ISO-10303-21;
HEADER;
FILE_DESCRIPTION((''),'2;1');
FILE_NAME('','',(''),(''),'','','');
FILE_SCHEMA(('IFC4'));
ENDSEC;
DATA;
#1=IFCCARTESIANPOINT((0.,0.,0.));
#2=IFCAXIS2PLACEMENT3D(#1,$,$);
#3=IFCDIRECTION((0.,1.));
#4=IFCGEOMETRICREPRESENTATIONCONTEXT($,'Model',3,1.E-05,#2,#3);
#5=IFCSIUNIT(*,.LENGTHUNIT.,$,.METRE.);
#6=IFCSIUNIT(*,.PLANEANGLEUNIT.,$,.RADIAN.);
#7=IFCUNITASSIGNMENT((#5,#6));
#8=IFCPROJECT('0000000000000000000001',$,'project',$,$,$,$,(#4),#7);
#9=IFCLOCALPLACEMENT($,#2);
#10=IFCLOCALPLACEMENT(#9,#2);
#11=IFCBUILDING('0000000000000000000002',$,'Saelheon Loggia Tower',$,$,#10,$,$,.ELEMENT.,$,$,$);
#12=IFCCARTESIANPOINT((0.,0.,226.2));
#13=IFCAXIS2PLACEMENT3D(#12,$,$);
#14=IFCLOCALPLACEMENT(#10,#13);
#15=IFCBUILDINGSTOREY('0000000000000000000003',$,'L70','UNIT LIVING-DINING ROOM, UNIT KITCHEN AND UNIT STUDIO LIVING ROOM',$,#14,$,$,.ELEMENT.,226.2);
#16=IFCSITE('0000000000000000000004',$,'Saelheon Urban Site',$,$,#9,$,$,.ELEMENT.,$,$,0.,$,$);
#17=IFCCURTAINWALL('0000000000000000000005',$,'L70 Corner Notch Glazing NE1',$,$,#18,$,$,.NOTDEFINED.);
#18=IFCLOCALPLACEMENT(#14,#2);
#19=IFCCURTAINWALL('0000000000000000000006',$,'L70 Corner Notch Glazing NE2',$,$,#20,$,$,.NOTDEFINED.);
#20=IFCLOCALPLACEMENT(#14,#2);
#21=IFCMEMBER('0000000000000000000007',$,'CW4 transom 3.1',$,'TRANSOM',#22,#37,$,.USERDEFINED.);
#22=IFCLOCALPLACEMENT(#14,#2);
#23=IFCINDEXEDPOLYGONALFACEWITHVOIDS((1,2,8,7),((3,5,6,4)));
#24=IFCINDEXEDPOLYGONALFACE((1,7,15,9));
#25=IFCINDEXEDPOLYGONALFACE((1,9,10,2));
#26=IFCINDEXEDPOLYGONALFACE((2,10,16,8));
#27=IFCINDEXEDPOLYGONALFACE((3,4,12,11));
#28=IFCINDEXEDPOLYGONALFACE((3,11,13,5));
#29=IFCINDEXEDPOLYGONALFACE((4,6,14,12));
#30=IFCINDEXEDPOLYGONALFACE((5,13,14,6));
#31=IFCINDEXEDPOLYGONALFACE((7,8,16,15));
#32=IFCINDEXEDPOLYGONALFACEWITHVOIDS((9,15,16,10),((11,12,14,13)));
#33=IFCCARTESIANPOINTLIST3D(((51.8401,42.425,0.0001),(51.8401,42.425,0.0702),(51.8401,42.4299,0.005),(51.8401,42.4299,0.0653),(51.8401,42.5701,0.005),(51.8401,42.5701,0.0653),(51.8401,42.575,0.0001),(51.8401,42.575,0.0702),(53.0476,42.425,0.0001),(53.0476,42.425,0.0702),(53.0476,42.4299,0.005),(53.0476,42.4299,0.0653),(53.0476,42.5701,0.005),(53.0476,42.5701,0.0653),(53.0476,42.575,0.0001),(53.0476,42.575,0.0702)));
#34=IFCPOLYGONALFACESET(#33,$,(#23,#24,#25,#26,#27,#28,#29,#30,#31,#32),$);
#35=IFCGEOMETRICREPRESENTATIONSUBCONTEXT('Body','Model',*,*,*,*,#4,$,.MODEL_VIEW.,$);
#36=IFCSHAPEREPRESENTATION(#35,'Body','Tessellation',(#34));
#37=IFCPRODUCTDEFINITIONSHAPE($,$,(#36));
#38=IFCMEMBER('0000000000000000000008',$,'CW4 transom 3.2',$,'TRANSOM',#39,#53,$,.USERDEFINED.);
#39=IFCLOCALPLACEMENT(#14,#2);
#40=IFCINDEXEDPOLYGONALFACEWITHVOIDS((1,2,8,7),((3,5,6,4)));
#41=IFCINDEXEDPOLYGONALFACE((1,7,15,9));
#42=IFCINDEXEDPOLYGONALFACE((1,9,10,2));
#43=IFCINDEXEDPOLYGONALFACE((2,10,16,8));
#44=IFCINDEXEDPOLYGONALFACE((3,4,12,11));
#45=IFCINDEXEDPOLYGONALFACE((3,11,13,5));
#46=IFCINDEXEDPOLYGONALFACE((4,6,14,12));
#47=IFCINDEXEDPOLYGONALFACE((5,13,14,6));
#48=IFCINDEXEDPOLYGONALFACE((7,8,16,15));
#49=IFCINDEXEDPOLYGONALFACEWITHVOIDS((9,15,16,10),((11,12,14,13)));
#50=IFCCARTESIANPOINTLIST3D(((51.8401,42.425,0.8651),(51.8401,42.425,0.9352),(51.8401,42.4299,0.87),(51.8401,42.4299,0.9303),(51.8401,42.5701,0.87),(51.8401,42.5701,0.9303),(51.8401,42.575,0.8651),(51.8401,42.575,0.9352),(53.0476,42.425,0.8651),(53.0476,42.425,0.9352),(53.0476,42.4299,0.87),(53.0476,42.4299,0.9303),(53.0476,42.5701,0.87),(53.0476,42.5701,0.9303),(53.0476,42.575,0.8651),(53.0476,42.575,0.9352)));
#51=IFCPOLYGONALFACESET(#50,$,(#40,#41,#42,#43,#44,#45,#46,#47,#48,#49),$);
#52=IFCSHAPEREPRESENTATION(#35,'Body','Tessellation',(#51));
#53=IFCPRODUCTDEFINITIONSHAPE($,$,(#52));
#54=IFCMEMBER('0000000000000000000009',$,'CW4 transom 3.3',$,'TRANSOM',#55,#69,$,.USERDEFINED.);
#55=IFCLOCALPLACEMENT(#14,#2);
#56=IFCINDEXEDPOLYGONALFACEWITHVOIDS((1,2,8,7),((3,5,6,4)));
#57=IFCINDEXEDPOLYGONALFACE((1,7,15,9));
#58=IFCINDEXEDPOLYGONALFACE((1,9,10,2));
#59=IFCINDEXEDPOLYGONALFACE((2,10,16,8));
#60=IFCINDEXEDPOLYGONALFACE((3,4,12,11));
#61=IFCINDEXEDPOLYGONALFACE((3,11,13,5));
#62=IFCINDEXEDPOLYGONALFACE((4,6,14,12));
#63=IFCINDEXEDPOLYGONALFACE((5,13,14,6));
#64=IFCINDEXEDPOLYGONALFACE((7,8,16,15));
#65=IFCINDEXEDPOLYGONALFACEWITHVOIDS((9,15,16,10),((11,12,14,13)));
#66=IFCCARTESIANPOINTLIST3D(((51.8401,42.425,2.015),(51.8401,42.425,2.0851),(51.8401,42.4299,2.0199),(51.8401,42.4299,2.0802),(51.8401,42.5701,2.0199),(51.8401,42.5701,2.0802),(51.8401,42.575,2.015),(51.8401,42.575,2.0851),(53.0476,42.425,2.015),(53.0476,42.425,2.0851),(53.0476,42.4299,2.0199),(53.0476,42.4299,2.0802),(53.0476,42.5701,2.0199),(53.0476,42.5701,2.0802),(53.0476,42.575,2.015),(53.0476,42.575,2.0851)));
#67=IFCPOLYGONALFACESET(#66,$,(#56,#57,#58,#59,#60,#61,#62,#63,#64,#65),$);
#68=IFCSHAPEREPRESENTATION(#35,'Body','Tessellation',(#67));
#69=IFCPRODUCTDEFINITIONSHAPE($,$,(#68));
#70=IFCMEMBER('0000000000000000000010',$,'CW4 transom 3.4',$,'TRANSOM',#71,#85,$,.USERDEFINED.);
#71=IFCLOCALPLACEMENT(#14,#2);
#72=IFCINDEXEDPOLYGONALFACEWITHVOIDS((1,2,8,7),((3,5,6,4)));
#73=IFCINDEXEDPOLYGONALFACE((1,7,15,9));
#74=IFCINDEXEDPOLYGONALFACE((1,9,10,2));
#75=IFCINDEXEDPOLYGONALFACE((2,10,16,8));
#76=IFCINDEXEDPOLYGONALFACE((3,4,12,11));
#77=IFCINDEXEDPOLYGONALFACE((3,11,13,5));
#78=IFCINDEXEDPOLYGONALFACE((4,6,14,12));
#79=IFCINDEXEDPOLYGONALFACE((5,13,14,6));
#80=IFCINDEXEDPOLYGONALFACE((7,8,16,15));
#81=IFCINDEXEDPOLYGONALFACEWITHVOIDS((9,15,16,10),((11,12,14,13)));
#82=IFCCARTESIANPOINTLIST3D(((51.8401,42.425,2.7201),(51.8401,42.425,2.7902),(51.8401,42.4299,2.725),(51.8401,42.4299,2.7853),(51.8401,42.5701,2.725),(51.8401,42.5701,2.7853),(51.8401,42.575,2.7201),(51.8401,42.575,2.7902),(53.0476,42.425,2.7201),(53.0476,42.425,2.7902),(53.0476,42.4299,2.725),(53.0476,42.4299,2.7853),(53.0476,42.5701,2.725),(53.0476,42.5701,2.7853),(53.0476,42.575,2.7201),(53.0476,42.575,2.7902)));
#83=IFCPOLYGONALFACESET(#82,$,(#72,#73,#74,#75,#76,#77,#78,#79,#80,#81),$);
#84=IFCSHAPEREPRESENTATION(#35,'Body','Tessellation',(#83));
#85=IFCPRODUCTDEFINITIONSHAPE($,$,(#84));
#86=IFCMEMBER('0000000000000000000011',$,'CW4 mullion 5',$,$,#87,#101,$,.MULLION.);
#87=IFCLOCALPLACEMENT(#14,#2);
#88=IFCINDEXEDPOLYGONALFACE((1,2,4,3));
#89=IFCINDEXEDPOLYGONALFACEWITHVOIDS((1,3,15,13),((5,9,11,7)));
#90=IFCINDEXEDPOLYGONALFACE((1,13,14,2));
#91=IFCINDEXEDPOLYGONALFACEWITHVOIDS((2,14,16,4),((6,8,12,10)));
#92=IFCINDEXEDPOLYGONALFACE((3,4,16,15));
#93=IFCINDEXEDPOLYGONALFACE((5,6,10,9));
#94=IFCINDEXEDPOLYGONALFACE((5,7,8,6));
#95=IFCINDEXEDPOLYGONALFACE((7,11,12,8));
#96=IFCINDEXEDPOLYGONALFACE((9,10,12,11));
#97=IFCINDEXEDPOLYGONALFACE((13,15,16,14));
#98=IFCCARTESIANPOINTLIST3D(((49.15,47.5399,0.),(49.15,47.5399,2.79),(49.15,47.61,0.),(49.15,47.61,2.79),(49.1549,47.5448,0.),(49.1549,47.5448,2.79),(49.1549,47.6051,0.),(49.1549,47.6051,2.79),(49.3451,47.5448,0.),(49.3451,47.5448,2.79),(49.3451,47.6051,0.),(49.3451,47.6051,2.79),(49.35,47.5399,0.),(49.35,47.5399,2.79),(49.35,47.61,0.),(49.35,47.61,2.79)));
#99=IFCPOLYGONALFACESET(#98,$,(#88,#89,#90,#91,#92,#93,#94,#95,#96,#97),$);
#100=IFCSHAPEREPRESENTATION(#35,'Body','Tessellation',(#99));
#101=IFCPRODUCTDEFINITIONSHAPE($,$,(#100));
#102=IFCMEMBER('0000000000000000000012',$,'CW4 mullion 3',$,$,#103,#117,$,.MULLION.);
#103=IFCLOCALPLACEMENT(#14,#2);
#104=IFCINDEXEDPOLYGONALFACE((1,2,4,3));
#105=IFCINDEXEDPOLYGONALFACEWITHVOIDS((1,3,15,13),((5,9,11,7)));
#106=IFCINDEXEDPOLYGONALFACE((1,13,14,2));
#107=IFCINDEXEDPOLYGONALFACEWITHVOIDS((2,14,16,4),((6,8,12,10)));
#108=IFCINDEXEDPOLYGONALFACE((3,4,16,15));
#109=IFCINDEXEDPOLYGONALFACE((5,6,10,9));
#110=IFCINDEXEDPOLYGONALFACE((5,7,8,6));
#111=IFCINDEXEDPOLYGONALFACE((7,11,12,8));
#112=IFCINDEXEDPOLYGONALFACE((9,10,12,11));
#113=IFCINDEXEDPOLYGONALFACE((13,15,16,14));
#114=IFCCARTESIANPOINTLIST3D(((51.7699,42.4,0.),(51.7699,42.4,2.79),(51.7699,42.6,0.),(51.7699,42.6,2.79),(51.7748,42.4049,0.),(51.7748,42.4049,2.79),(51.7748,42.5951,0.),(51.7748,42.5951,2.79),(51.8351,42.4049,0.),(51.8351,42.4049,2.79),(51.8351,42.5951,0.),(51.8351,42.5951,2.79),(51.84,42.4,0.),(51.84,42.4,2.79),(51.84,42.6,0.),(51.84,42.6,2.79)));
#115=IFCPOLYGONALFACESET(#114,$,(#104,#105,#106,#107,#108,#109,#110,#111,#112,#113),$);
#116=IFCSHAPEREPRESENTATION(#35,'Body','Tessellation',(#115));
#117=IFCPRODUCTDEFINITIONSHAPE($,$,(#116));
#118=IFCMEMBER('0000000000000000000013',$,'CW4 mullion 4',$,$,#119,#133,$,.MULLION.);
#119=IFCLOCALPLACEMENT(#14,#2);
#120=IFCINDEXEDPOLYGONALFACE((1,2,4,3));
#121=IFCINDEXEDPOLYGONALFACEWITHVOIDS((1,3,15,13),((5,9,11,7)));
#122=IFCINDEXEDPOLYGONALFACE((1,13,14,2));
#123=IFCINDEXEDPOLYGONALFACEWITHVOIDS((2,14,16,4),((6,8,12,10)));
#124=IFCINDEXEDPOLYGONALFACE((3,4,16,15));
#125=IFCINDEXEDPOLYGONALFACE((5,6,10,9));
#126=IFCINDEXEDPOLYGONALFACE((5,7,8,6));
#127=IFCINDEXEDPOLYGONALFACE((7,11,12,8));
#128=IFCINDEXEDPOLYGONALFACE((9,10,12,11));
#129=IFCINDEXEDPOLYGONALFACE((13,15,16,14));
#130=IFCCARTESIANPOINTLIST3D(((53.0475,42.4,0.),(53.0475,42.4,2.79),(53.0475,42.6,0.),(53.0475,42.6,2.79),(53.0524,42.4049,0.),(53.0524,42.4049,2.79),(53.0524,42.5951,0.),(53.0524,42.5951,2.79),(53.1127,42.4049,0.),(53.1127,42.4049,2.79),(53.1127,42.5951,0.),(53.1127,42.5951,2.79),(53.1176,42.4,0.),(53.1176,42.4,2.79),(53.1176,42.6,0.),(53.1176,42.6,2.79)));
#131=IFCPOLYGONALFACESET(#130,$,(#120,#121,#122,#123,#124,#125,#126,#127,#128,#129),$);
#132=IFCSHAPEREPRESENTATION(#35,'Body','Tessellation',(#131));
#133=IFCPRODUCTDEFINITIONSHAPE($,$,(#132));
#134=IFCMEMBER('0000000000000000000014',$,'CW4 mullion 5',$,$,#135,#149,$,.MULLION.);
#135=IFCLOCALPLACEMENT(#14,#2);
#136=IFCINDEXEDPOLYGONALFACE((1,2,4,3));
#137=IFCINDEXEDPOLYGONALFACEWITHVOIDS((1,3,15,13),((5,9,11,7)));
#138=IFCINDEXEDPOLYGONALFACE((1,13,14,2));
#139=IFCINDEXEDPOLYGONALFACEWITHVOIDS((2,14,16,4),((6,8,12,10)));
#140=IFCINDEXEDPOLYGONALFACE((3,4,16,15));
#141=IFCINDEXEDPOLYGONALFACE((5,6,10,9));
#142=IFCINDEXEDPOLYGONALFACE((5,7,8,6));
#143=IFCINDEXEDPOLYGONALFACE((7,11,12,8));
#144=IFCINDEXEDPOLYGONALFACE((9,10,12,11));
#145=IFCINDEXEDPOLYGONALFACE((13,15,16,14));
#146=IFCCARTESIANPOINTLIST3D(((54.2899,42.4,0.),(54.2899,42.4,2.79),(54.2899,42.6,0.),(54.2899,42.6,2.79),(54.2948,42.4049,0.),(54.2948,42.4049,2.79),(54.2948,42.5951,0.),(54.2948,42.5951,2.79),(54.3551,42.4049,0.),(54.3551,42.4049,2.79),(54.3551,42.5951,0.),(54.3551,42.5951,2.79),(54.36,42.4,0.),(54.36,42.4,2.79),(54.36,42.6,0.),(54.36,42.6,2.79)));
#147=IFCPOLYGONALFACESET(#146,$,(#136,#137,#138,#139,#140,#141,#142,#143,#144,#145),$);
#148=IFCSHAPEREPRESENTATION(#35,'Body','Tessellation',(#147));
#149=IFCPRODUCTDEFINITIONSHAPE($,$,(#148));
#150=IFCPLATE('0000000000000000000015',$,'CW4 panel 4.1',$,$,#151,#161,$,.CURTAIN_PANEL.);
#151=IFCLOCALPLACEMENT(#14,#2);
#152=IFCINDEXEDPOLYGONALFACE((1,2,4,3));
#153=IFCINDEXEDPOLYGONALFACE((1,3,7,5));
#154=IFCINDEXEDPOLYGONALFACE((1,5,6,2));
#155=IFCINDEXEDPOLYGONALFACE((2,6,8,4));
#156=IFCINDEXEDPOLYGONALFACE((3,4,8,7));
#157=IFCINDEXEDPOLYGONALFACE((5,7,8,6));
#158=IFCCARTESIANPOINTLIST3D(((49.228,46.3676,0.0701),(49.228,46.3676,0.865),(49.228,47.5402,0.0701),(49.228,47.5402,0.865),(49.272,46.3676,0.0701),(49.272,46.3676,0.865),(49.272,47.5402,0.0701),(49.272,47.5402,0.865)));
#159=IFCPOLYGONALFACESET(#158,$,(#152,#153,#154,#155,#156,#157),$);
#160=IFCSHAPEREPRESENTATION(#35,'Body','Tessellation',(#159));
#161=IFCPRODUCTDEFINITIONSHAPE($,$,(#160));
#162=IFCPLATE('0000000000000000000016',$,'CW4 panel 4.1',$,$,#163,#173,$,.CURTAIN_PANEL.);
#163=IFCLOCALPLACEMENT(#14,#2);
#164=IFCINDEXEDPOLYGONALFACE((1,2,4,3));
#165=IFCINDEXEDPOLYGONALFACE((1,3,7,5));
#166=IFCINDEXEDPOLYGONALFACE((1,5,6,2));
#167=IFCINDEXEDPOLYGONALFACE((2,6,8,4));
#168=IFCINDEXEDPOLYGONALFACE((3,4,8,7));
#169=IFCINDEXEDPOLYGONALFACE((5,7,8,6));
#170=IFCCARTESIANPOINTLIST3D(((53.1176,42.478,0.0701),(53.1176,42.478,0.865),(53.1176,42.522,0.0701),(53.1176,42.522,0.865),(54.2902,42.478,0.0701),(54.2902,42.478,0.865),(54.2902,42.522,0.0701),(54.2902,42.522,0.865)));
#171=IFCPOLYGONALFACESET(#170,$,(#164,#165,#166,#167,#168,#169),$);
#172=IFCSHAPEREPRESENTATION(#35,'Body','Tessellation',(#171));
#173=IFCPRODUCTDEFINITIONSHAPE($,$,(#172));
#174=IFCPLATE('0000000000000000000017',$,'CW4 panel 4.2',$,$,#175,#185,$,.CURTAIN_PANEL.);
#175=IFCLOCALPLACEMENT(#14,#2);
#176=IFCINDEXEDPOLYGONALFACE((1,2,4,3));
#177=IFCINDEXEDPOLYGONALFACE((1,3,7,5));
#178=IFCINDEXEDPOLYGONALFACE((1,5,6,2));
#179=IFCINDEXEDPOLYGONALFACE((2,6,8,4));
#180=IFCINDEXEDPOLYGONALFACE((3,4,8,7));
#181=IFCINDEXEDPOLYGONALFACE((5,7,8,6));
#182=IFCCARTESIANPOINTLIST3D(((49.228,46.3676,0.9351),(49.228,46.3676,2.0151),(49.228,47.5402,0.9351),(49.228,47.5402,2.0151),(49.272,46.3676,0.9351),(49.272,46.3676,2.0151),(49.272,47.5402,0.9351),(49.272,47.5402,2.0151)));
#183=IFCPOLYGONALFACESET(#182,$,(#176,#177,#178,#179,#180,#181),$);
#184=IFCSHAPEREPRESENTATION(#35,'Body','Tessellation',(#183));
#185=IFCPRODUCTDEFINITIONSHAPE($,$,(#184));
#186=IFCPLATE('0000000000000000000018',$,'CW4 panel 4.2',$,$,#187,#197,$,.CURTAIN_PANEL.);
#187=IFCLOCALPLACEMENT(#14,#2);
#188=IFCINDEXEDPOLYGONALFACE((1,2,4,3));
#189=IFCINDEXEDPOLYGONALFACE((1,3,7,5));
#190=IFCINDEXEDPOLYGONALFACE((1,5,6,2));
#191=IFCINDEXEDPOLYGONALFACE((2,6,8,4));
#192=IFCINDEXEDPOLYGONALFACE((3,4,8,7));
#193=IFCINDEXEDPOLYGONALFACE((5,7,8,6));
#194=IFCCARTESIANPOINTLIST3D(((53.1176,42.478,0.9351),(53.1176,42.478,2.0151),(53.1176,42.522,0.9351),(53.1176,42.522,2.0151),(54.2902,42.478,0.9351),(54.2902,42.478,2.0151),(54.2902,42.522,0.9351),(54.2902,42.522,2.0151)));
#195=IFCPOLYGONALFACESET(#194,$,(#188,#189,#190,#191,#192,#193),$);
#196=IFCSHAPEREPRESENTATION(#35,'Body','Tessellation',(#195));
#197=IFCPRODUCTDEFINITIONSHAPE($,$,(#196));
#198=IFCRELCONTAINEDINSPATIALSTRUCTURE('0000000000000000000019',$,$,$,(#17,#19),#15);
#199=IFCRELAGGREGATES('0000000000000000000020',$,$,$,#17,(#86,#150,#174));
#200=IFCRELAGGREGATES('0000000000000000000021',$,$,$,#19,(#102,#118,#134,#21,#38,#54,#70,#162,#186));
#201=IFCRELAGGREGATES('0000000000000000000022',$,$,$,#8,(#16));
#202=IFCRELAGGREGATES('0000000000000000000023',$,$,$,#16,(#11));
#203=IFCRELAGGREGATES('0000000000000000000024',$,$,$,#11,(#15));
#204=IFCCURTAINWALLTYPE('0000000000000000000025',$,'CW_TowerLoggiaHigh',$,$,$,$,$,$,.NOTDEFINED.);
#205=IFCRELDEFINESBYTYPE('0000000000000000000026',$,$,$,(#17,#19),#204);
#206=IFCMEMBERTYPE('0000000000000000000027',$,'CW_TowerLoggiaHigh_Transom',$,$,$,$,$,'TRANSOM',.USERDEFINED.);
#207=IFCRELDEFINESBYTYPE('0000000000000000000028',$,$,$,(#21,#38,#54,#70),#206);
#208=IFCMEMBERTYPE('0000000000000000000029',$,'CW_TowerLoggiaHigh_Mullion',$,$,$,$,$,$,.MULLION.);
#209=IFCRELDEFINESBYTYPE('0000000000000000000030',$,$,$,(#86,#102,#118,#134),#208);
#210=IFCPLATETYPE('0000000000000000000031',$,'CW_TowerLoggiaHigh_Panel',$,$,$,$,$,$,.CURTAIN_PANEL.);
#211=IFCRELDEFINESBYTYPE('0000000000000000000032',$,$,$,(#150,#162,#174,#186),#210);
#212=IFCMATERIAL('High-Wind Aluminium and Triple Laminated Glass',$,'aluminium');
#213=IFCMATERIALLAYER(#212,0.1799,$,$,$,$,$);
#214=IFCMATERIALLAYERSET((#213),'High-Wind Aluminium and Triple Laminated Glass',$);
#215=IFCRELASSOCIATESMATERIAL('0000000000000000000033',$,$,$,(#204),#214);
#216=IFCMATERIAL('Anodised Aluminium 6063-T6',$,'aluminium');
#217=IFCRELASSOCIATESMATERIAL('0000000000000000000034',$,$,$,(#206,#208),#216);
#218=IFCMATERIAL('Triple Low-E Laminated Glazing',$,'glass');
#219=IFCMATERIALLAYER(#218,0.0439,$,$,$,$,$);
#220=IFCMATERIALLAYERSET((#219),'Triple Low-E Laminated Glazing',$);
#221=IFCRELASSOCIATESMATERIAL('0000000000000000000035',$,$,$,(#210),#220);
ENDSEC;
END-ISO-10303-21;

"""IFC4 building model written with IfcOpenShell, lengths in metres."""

from ifc_helpers import new_model, si_unit, direction, frame, origin, origin_2d, place, context, subcontext, project, spatial, rectangle, hollow_rectangle, extrude, source, transform, mapped, material, layer, layer_set, material_profile, profile_set, type_object, element, aggregate, save


model = new_model("IFC4")

# Units and contexts
model_context = context("Model", 3, precision=1e-05, world=origin(), true_north=direction((0.0, 1.0)))
body_context = subcontext(model_context, "Body", "Model", "MODEL_VIEW")
ifc_project = project(units=[si_unit("LENGTHUNIT", "METRE"), si_unit("PLANEANGLEUNIT", "RADIAN")], contexts=[model_context])

# Site, building, storey
site_placement = place(None, origin())
site = spatial("IfcSite", under=ifc_project, at=site_placement, Name="Saelheon Urban Site", CompositionType="ELEMENT", RefElevation=0.0)
building_placement = place(site_placement, origin())
building = spatial("IfcBuilding", under=site, at=building_placement, Name="Saelheon Loggia Tower", CompositionType="ELEMENT")
storey_placement = place(building_placement, frame((0.0, 0.0, 226.2)))
storey = spatial("IfcBuildingStorey", under=building, at=storey_placement, Name="L70", Description="UNIT LIVING-DINING ROOM, UNIT KITCHEN AND UNIT STUDIO LIVING ROOM", CompositionType="ELEMENT", Elevation=226.2)

# Curtain walls, members
ifc_material_1 = material(Name="High-Wind Aluminium and Triple Laminated Glass", Category="aluminium")
ifc_layer_1 = layer(ifc_material_1, 0.1799)
ifc_layer_set_1 = layer_set([ifc_layer_1], Name="High-Wind Aluminium and Triple Laminated Glass")
curtain_wall_type = type_object("IfcCurtainWallType", Name="CW_TowerLoggiaHigh", PredefinedType="NOTDEFINED", material=ifc_layer_set_1)
curtain_wall_1_placement = place(storey_placement, origin())
curtain_wall_1 = element("IfcCurtainWall", 1, at=curtain_wall_1_placement, inside=storey, type_object=curtain_wall_type, Name="L70 Corner Notch Glazing NE1", PredefinedType="NOTDEFINED")
ifc_material_2 = material(Name="Anodised Aluminium 6063-T6", Category="aluminium")
ifc_material_profile_1 = material_profile(ifc_material_2, hollow_rectangle(XDim=0.0701, YDim=0.1499, WallThickness=0.0049, at=origin_2d()), Name="RHS-150x70x5")
ifc_profile_set_1 = profile_set([ifc_material_profile_1], Name="Anodised Aluminium 6063-T6")
member_type_1 = type_object("IfcMemberType", Name="CW_TowerLoggiaHigh_Transom", ElementType="TRANSOM", PredefinedType="USERDEFINED", material=ifc_profile_set_1)
curtain_wall_2_placement = place(storey_placement, origin())
curtain_wall_2 = element("IfcCurtainWall", 2, at=curtain_wall_2_placement, inside=storey, type_object=curtain_wall_type, Name="L70 Corner Notch Glazing NE2", PredefinedType="NOTDEFINED")
shared_shape_1 = source(origin(), body_context, "Body", "SweptSolid", [
    extrude(hollow_rectangle(XDim=0.0701, YDim=0.1499, WallThickness=0.0049, at=origin_2d()), origin(), (0.0, 0.0, 1.0), 1.2075),
])
member_1_placement = place(storey_placement, frame((51.8401, 42.5, 0.0352), z_axis=(1.0, 0.0, 0.0), x_axis=(0.0, 0.0, 1.0)))
member_1 = element("IfcMember", 3, at=member_1_placement, type_object=member_type_1, Name="CW4 transom 3.1", ObjectType="TRANSOM", PredefinedType="USERDEFINED", context=body_context, shape_type="MappedRepresentation", body=[
    mapped(shared_shape_1, transform((0.0, 0.0, 0.0), scale=1.0)),
])
member_2_placement = place(storey_placement, frame((51.8401, 42.5, 0.9001), z_axis=(1.0, 0.0, 0.0), x_axis=(0.0, 0.0, 1.0)))
member_2 = element("IfcMember", 4, at=member_2_placement, type_object=member_type_1, Name="CW4 transom 3.2", ObjectType="TRANSOM", PredefinedType="USERDEFINED", context=body_context, shape_type="MappedRepresentation", body=[
    mapped(shared_shape_1, transform((0.0, 0.0, 0.0), scale=1.0)),
])
member_3_placement = place(storey_placement, frame((51.8401, 42.5, 2.05), z_axis=(1.0, 0.0, 0.0), x_axis=(0.0, 0.0, 1.0)))
member_3 = element("IfcMember", 5, at=member_3_placement, type_object=member_type_1, Name="CW4 transom 3.3", ObjectType="TRANSOM", PredefinedType="USERDEFINED", context=body_context, shape_type="MappedRepresentation", body=[
    mapped(shared_shape_1, transform((0.0, 0.0, 0.0), scale=1.0)),
])
member_4_placement = place(storey_placement, frame((51.8401, 42.5, 2.7551), z_axis=(1.0, 0.0, 0.0), x_axis=(0.0, 0.0, 1.0)))
member_4 = element("IfcMember", 6, at=member_4_placement, type_object=member_type_1, Name="CW4 transom 3.4", ObjectType="TRANSOM", PredefinedType="USERDEFINED", context=body_context, shape_type="MappedRepresentation", body=[
    mapped(shared_shape_1, transform((0.0, 0.0, 0.0), scale=1.0)),
])

# Members
ifc_material_profile_2 = material_profile(ifc_material_2, hollow_rectangle(XDim=0.0701, YDim=0.2, WallThickness=0.0049, at=origin_2d()), Name="RHS-200x70x5")
ifc_profile_set_2 = profile_set([ifc_material_profile_2], Name="Anodised Aluminium 6063-T6")
member_type_2 = type_object("IfcMemberType", Name="CW_TowerLoggiaHigh_Mullion", PredefinedType="MULLION", material=ifc_profile_set_2)
shared_shape_2 = source(origin(), body_context, "Body", "SweptSolid", [
    extrude(hollow_rectangle(XDim=0.0701, YDim=0.2, WallThickness=0.0049, at=origin_2d()), origin(), (0.0, 0.0, 1.0), 2.79),
])
member_5_placement = place(storey_placement, frame((49.25, 47.575, 0.0), z_axis=(0.0, 0.0, 1.0), x_axis=(0.0, 1.0, 0.0)))
member_5 = element("IfcMember", 7, at=member_5_placement, type_object=member_type_2, Name="CW4 mullion 5", PredefinedType="MULLION", context=body_context, shape_type="MappedRepresentation", body=[
    mapped(shared_shape_2, transform((0.0, 0.0, 0.0), scale=1.0)),
])
member_6_placement = place(storey_placement, frame((51.8049, 42.5, 0.0), z_axis=(0.0, 0.0, 1.0), x_axis=(1.0, 0.0, 0.0)))
member_6 = element("IfcMember", 8, at=member_6_placement, type_object=member_type_2, Name="CW4 mullion 3", PredefinedType="MULLION", context=body_context, shape_type="MappedRepresentation", body=[
    mapped(shared_shape_2, transform((0.0, 0.0, 0.0), scale=1.0)),
])
member_7_placement = place(storey_placement, frame((53.0825, 42.5, 0.0), z_axis=(0.0, 0.0, 1.0), x_axis=(1.0, 0.0, 0.0)))
member_7 = element("IfcMember", 9, at=member_7_placement, type_object=member_type_2, Name="CW4 mullion 4", PredefinedType="MULLION", context=body_context, shape_type="MappedRepresentation", body=[
    mapped(shared_shape_2, transform((0.0, 0.0, 0.0), scale=1.0)),
])
member_8_placement = place(storey_placement, frame((54.325, 42.5, 0.0), z_axis=(0.0, 0.0, 1.0), x_axis=(1.0, 0.0, 0.0)))
member_8 = element("IfcMember", 10, at=member_8_placement, type_object=member_type_2, Name="CW4 mullion 5", PredefinedType="MULLION", context=body_context, shape_type="MappedRepresentation", body=[
    mapped(shared_shape_2, transform((0.0, 0.0, 0.0), scale=1.0)),
])

# Plates
ifc_material_3 = material(Name="Triple Low-E Laminated Glazing", Category="glass")
ifc_layer_2 = layer(ifc_material_3, 0.0439)
ifc_layer_set_2 = layer_set([ifc_layer_2], Name="Triple Low-E Laminated Glazing")
plate_type = type_object("IfcPlateType", Name="CW_TowerLoggiaHigh_Panel", PredefinedType="CURTAIN_PANEL", material=ifc_layer_set_2)
shared_shape_3 = source(origin(), body_context, "Body", "SweptSolid", [
    extrude(rectangle(XDim=1.1726, YDim=0.0439, at=origin_2d()), origin(), (0.0, 0.0, 1.0), 0.7949),
])
plate_1_placement = place(storey_placement, frame((49.25, 46.9539, 0.0701), z_axis=(0.0, 0.0, 1.0), x_axis=(0.0, 1.0, 0.0)))
plate_1 = element("IfcPlate", 11, at=plate_1_placement, type_object=plate_type, Name="CW4 panel 4.1", PredefinedType="CURTAIN_PANEL", context=body_context, shape_type="MappedRepresentation", body=[
    mapped(shared_shape_3, transform((0.0, 0.0, 0.0), scale=1.0)),
])
plate_2_placement = place(storey_placement, frame((53.7039, 42.5, 0.0701), z_axis=(0.0, 0.0, 1.0), x_axis=(1.0, 0.0, 0.0)))
plate_2 = element("IfcPlate", 12, at=plate_2_placement, type_object=plate_type, Name="CW4 panel 4.1", PredefinedType="CURTAIN_PANEL", context=body_context, shape_type="MappedRepresentation", body=[
    mapped(shared_shape_3, transform((0.0, 0.0, 0.0), scale=1.0)),
])
shared_shape_4 = source(origin(), body_context, "Body", "SweptSolid", [
    extrude(rectangle(XDim=1.1726, YDim=0.0439, at=origin_2d()), origin(), (0.0, 0.0, 1.0), 1.0801),
])
plate_3_placement = place(storey_placement, frame((49.25, 46.9539, 0.9351), z_axis=(0.0, 0.0, 1.0), x_axis=(0.0, 1.0, 0.0)))
plate_3 = element("IfcPlate", 13, at=plate_3_placement, type_object=plate_type, Name="CW4 panel 4.2", PredefinedType="CURTAIN_PANEL", context=body_context, shape_type="MappedRepresentation", body=[
    mapped(shared_shape_4, transform((0.0, 0.0, 0.0), scale=1.0)),
])
plate_4_placement = place(storey_placement, frame((53.7039, 42.5, 0.9351), z_axis=(0.0, 0.0, 1.0), x_axis=(1.0, 0.0, 0.0)))
plate_4 = element("IfcPlate", 14, at=plate_4_placement, type_object=plate_type, Name="CW4 panel 4.2", PredefinedType="CURTAIN_PANEL", context=body_context, shape_type="MappedRepresentation", body=[
    mapped(shared_shape_4, transform((0.0, 0.0, 0.0), scale=1.0)),
])
aggregate(curtain_wall_1, [member_5, plate_1, plate_3])
aggregate(curtain_wall_2, [member_6, member_7, member_8, member_1, member_2, member_3, member_4, plate_2, plate_4])

save(model, "model.ifc")
